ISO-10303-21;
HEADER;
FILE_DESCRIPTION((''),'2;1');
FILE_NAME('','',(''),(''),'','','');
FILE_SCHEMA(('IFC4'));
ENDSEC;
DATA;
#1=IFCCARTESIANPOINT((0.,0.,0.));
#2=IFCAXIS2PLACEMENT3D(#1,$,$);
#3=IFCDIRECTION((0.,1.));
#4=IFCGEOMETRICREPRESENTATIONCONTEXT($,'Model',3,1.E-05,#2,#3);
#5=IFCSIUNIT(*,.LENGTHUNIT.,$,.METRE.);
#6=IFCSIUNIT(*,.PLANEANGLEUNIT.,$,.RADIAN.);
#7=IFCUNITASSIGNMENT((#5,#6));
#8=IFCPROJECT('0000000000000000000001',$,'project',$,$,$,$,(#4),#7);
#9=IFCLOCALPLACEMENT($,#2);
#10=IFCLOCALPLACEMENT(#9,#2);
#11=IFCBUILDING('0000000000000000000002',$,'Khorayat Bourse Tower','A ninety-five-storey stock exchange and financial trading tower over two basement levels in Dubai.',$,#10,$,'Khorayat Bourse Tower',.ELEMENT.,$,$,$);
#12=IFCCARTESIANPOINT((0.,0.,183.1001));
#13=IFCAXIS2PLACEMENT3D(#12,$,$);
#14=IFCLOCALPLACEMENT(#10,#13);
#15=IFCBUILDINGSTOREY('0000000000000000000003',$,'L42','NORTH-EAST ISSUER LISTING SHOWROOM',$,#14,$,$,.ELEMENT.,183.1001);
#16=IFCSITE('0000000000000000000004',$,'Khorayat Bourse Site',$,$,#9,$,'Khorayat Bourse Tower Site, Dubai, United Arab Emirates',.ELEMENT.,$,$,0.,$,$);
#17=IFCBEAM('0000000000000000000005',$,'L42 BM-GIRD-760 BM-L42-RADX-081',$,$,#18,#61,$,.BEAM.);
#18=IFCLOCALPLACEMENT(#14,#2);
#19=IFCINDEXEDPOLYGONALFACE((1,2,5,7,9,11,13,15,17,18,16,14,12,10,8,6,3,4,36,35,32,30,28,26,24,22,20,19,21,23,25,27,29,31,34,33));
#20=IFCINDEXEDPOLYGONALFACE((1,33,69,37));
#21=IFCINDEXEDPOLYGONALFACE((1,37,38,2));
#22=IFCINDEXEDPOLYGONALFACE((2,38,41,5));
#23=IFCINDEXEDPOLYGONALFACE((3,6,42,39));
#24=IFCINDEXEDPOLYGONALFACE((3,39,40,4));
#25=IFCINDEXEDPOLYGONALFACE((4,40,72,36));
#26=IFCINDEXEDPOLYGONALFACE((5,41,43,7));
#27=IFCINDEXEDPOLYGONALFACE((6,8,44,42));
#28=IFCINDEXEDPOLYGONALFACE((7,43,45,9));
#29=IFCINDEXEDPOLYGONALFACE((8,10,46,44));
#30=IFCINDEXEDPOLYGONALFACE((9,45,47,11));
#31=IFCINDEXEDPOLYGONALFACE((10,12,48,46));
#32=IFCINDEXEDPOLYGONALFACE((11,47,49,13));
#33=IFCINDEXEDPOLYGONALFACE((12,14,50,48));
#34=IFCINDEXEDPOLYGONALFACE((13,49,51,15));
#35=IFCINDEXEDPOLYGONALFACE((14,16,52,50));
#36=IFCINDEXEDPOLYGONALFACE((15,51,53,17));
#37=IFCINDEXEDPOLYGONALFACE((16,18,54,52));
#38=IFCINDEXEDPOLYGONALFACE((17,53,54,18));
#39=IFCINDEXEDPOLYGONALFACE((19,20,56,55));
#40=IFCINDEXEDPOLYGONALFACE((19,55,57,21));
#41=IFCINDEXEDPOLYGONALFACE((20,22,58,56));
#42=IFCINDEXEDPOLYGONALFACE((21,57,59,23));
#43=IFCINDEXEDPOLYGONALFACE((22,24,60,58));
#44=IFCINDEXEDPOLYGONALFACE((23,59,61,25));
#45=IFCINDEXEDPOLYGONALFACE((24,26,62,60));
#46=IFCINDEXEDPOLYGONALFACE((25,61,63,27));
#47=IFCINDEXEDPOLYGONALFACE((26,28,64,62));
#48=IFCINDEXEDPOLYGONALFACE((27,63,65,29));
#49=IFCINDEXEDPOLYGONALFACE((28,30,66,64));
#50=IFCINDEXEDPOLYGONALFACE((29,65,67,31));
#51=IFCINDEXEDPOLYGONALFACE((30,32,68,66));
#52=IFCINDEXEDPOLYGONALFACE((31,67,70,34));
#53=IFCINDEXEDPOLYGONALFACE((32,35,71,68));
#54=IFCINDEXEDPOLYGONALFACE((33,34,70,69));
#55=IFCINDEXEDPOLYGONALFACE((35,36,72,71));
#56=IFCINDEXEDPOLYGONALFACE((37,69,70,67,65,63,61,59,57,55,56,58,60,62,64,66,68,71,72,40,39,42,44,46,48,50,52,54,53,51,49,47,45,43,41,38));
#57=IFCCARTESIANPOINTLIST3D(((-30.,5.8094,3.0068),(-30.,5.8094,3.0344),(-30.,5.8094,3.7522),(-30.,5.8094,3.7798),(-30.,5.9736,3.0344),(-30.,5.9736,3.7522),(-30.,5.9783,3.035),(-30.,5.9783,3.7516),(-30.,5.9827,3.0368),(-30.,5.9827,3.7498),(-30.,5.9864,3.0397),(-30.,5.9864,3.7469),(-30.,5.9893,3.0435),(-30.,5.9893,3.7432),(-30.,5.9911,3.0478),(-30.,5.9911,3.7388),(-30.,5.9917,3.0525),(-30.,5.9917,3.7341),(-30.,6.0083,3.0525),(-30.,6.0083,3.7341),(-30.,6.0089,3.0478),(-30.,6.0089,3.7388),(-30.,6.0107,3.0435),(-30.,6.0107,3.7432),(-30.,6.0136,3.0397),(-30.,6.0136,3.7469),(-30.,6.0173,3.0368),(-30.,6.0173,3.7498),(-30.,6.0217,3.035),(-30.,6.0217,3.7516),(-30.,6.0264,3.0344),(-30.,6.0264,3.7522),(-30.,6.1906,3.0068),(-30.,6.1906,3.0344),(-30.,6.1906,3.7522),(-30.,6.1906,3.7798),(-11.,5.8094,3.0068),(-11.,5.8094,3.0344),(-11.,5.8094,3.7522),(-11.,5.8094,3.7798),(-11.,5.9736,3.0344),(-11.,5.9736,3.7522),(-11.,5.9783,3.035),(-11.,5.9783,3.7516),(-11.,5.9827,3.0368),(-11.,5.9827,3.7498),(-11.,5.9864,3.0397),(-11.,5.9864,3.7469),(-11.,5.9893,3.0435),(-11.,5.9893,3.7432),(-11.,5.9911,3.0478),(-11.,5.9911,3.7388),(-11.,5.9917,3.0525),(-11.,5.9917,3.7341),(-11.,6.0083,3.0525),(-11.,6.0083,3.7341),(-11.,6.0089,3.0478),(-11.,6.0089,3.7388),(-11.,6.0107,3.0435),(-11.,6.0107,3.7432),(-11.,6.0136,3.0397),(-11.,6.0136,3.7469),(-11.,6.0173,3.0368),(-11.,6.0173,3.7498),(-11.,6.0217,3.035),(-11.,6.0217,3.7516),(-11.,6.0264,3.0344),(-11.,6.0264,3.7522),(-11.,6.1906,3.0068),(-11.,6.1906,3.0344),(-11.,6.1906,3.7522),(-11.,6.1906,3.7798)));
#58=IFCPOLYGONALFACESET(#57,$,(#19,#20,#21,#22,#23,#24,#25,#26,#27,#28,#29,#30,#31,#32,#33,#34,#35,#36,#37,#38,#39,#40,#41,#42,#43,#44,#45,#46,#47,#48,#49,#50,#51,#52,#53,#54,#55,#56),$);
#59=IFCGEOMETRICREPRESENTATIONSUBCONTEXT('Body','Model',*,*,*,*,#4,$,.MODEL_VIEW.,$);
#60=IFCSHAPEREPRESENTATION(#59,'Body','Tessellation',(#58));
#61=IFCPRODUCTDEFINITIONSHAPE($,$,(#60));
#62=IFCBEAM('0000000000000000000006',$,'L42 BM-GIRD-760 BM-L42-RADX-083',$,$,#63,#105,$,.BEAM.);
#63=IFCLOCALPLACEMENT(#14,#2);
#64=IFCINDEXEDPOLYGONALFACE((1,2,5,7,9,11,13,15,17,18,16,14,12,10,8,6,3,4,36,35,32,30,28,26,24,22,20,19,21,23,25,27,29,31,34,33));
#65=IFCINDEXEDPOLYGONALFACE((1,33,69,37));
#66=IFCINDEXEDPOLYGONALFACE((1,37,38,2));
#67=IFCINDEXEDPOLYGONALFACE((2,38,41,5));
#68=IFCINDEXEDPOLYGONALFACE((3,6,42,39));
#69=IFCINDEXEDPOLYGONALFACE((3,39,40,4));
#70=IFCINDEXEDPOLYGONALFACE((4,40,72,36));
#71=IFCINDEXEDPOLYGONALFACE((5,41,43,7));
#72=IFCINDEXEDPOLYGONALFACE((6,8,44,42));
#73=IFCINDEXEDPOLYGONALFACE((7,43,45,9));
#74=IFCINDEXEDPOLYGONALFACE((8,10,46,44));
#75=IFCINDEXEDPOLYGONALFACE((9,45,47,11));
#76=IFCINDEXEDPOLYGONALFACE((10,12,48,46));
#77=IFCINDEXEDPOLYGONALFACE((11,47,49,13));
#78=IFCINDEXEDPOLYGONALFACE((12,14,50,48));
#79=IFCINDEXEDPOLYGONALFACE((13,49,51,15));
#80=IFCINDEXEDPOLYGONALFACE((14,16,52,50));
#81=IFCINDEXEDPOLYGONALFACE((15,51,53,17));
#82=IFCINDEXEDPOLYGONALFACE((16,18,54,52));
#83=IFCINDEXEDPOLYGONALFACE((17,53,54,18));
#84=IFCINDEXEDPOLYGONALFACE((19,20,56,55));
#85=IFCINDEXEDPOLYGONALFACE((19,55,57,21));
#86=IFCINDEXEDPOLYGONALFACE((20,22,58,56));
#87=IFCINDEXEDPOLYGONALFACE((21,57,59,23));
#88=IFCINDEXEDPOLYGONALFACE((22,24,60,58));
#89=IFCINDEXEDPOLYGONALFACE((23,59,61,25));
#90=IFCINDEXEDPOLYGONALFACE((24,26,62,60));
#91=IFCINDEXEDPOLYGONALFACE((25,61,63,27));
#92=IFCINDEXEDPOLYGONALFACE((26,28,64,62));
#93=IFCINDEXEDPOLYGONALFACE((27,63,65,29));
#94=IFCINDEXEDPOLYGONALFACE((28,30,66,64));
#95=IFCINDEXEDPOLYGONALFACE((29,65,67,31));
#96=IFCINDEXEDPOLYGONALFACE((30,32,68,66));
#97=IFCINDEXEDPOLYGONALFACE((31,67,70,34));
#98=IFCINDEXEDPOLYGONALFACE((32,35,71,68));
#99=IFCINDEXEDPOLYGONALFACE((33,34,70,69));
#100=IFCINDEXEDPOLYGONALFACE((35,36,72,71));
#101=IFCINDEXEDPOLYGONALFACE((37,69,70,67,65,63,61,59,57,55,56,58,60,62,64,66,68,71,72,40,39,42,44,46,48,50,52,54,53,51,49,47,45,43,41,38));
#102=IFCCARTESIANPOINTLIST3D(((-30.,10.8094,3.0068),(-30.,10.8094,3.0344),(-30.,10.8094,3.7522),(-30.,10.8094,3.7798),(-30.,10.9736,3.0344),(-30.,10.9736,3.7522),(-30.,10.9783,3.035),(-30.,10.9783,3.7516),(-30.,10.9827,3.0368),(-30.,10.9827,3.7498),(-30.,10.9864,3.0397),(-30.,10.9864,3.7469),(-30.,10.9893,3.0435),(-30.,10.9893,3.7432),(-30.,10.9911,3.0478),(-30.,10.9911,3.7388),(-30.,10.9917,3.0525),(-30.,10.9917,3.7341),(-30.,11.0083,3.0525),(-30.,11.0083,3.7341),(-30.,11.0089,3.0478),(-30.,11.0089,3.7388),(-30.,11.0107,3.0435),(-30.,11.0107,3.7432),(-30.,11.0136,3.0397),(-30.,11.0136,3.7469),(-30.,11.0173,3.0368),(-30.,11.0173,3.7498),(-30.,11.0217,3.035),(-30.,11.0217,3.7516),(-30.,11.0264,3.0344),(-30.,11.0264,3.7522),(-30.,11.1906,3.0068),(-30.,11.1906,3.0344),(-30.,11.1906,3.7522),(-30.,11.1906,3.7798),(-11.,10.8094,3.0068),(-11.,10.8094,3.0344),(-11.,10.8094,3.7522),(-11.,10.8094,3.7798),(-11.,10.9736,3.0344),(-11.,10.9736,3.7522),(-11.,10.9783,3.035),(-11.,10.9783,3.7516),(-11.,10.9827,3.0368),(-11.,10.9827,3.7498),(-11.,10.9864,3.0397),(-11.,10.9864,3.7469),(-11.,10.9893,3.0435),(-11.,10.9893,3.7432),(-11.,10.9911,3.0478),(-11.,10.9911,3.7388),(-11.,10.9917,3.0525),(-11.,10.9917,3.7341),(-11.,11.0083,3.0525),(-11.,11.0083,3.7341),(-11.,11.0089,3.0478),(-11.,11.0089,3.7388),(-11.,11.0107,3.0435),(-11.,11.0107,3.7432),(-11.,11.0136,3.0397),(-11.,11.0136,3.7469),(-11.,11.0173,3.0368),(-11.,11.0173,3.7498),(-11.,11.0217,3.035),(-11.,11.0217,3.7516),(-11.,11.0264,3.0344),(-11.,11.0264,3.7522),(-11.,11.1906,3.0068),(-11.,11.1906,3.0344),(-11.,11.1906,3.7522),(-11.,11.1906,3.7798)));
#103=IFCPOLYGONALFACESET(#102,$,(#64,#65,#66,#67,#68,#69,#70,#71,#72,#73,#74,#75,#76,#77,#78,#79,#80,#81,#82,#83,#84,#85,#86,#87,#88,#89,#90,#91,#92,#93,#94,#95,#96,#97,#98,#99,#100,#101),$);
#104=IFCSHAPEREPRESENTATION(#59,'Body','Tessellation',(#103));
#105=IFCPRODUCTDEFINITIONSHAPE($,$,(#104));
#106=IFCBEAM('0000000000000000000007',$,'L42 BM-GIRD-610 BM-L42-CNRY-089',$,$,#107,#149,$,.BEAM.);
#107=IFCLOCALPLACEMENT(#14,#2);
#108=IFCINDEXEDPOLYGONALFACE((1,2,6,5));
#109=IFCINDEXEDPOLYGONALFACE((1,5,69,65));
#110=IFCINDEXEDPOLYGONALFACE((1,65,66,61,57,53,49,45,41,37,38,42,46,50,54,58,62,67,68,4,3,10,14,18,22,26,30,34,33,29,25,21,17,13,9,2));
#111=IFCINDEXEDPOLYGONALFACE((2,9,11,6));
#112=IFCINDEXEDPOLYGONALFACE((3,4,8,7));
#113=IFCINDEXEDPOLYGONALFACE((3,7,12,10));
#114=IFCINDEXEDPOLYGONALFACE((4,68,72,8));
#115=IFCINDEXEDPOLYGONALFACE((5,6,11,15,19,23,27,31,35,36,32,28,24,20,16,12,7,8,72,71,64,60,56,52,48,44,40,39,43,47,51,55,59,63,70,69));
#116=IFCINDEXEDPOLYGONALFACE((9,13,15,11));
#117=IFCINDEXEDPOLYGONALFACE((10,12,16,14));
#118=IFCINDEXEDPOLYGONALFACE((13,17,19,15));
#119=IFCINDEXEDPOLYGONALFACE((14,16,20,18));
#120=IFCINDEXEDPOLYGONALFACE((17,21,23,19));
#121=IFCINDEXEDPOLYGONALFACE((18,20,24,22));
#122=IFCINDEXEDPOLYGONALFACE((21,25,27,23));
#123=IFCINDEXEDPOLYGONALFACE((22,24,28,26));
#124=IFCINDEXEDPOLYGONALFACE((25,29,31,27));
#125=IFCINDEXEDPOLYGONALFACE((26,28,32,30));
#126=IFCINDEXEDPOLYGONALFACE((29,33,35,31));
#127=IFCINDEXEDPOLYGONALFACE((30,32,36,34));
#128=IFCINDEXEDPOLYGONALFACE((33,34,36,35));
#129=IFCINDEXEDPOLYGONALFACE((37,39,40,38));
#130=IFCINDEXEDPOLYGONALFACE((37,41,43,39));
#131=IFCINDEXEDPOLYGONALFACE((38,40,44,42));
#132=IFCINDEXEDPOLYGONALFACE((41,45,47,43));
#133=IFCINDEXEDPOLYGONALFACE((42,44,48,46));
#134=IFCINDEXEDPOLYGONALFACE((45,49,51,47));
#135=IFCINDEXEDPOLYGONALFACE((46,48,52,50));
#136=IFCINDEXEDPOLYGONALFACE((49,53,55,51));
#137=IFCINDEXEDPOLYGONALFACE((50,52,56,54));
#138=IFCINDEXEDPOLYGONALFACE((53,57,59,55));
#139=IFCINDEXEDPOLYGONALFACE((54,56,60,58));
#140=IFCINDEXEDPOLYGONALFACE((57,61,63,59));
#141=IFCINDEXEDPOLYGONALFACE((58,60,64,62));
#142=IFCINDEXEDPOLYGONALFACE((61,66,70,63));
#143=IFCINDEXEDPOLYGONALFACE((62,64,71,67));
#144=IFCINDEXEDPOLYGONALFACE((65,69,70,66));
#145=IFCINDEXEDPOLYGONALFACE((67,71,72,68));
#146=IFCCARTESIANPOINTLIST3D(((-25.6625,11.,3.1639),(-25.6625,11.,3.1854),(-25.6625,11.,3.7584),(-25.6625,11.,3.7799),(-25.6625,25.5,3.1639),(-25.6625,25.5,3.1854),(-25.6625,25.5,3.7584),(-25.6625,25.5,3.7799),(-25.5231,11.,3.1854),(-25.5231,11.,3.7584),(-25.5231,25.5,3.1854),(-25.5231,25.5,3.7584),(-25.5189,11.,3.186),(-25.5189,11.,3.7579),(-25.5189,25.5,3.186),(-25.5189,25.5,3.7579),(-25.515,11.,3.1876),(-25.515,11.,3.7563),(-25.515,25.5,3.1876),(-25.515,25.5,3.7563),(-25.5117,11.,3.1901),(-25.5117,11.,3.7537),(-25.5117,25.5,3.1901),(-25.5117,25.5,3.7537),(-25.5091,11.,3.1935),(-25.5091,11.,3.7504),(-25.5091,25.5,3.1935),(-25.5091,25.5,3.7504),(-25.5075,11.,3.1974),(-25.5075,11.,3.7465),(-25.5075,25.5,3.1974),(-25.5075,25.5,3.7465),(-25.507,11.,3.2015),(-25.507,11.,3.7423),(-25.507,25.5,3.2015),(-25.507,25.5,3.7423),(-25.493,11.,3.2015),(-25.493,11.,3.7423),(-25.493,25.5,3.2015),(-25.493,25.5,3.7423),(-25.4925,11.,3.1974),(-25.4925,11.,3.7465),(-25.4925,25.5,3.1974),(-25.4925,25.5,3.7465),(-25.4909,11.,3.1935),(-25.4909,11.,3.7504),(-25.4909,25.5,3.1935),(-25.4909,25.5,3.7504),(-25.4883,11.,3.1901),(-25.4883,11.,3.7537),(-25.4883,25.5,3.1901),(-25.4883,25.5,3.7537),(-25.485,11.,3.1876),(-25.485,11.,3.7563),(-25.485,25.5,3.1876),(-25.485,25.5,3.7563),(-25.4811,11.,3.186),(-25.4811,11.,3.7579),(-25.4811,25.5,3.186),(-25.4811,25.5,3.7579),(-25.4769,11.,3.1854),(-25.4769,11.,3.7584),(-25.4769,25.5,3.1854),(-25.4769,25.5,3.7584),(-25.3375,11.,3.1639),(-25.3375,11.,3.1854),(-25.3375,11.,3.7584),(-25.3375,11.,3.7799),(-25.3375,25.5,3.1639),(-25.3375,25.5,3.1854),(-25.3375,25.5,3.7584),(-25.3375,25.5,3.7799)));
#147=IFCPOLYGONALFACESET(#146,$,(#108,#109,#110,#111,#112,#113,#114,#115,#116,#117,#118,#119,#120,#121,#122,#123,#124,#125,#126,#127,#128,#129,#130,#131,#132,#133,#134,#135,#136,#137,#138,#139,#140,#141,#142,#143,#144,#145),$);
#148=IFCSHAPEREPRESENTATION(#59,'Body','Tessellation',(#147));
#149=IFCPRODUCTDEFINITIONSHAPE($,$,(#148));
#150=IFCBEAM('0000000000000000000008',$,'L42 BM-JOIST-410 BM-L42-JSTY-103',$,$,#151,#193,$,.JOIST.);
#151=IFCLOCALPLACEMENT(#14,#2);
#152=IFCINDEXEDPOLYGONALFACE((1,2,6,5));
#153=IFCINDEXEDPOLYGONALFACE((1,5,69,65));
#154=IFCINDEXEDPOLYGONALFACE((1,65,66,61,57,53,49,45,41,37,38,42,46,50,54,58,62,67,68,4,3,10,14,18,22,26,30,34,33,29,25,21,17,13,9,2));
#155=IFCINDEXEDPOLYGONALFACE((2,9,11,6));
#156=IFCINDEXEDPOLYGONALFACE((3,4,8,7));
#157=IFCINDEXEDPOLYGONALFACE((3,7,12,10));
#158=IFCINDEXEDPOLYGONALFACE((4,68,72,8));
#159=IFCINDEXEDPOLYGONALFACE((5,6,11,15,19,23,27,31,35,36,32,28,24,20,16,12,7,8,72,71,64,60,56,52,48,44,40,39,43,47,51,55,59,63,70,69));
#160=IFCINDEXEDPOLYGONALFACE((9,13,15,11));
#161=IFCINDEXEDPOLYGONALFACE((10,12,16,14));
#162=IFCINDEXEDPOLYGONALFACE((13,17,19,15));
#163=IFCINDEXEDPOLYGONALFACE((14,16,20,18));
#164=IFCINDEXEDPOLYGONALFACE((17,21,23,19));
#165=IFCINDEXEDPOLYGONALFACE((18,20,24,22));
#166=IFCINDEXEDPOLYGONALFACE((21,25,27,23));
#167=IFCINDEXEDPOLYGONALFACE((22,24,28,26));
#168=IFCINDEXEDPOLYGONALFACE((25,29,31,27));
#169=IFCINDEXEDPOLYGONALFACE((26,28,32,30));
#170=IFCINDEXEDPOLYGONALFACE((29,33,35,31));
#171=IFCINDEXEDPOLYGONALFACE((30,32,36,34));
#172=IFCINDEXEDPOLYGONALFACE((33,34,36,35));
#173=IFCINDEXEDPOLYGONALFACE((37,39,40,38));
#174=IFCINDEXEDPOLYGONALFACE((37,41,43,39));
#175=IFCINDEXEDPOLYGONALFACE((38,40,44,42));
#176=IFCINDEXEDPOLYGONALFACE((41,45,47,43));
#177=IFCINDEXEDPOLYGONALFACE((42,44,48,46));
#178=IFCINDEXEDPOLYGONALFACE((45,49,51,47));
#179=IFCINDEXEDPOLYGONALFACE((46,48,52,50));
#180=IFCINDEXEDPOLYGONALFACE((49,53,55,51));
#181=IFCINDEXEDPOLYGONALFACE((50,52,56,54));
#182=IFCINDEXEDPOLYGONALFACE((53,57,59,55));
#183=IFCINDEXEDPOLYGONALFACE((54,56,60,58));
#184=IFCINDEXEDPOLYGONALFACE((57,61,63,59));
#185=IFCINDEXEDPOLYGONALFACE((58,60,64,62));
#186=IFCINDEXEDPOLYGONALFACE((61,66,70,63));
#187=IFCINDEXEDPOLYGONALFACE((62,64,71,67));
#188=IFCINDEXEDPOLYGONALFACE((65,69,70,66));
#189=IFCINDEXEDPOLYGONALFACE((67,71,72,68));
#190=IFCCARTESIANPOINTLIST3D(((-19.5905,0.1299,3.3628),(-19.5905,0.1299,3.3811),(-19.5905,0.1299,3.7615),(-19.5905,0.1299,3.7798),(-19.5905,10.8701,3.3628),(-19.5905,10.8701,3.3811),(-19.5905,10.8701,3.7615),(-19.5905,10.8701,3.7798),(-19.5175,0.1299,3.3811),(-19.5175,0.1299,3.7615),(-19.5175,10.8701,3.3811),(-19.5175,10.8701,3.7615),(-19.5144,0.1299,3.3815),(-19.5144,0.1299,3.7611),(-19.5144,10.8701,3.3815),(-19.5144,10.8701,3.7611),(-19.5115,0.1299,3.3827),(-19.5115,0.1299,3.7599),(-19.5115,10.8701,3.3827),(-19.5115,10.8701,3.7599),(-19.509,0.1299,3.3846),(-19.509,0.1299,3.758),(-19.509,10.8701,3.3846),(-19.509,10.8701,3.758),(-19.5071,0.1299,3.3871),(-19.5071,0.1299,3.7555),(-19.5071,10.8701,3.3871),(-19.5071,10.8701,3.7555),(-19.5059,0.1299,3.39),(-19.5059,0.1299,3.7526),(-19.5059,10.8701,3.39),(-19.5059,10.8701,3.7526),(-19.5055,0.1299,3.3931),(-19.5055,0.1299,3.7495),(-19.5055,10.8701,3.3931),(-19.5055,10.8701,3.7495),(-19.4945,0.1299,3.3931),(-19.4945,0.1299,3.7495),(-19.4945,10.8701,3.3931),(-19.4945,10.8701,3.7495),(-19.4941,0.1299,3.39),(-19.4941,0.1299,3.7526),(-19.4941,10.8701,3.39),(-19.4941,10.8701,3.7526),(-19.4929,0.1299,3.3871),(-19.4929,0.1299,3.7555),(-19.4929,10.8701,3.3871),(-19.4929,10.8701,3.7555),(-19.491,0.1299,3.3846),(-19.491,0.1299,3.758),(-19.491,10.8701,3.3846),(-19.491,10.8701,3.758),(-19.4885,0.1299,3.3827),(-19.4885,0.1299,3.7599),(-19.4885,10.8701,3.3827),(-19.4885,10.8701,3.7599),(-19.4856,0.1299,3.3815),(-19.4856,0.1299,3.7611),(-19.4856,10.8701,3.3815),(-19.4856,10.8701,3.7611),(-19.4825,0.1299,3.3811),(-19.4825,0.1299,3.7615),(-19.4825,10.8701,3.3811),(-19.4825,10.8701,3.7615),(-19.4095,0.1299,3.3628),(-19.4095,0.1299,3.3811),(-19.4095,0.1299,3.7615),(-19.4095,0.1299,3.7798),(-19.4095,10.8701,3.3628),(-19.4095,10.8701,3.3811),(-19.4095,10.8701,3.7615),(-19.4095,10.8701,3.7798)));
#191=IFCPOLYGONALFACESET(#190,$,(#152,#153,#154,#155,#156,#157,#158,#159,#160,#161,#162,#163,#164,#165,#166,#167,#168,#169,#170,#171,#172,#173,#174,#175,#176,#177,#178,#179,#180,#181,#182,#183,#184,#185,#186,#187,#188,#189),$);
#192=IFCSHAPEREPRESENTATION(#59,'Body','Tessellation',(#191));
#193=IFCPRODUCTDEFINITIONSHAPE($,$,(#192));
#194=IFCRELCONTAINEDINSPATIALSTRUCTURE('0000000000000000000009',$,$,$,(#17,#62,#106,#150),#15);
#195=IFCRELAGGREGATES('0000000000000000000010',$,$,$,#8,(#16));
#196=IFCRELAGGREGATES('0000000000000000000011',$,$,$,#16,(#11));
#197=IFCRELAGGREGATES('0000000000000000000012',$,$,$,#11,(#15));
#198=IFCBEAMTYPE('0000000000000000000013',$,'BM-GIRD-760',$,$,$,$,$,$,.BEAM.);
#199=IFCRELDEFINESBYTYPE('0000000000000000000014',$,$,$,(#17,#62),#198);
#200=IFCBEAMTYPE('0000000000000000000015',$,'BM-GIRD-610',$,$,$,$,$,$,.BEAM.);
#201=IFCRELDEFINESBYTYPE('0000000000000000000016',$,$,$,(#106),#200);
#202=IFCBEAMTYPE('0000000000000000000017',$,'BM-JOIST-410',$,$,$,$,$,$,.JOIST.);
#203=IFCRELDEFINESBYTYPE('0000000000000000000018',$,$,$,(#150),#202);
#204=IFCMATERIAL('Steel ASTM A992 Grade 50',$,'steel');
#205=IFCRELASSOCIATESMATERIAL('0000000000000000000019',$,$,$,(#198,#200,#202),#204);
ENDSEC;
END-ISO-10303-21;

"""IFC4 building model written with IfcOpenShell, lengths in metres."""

from ifc_helpers import new_model, si_unit, direction, frame, origin, origin_2d, place, context, subcontext, project, spatial, i_section, extrude, source, transform, mapped, material, material_profile, profile_set, type_object, element, save


model = new_model("IFC4")

# Units and contexts
model_context = context("Model", 3, precision=1e-05, world=origin(), true_north=direction((0.0, 1.0)))
body_context = subcontext(model_context, "Body", "Model", "MODEL_VIEW")
ifc_project = project(units=[si_unit("LENGTHUNIT", "METRE"), si_unit("PLANEANGLEUNIT", "RADIAN")], contexts=[model_context])

# Site, building, storey
site_placement = place(None, origin())
site = spatial("IfcSite", under=ifc_project, at=site_placement, Name="Khorayat Bourse Site", LongName="Khorayat Bourse Tower Site, Dubai, United Arab Emirates", CompositionType="ELEMENT", RefElevation=0.0)
building_placement = place(site_placement, origin())
building = spatial("IfcBuilding", under=site, at=building_placement, Name="Khorayat Bourse Tower", Description="A ninety-five-storey stock exchange and financial trading tower over two basement levels in Dubai.", LongName="Khorayat Bourse Tower", CompositionType="ELEMENT")
storey_placement = place(building_placement, frame((0.0, 0.0, 183.1001)))
storey = spatial("IfcBuildingStorey", under=building, at=storey_placement, Name="L42", Description="NORTH-EAST ISSUER LISTING SHOWROOM", CompositionType="ELEMENT", Elevation=183.1001)

# Beams
ifc_material_1 = material(Name="Steel ASTM A992 Grade 50", Category="steel")
ifc_material_profile_1 = material_profile(ifc_material_1, i_section(OverallWidth=0.3811, OverallDepth=0.7729, WebThickness=0.0166, FlangeThickness=0.0276, FilletRadius=0.0181, at=origin_2d()), Name="W760X257")
ifc_profile_set_1 = profile_set([ifc_material_profile_1], Name="Steel ASTM A992 Grade 50")
beam_type_1 = type_object("IfcBeamType", Name="BM-GIRD-760", PredefinedType="BEAM", material=ifc_profile_set_1)
shared_shape_1 = source(origin(), body_context, "Body", "SweptSolid", [
    extrude(i_section(OverallWidth=0.3811, OverallDepth=0.7729, WebThickness=0.0166, FlangeThickness=0.0276, FilletRadius=0.0181, at=origin_2d()), origin(), (0.0, 0.0, 1.0), 19.0),
])
for number, where, z_axis, x_axis, name in (
    (1, (-30.0, 6.0, 3.3933), (1.0, 0.0, 0.0), (0.0, 1.0, 0.0), "L42 BM-GIRD-760 BM-L42-RADX-081"),
    (2, (-30.0, 11.0, 3.3933), (1.0, 0.0, 0.0), (0.0, 1.0, 0.0), "L42 BM-GIRD-760 BM-L42-RADX-083"),
):
    element("IfcBeam", number, at=place(storey_placement, frame(where, z_axis=z_axis, x_axis=x_axis)), inside=storey, type_object=beam_type_1, Name=name, PredefinedType="BEAM", context=body_context, shape_type="MappedRepresentation", body=[
        mapped(shared_shape_1, transform((0.0, 0.0, 0.0), scale=1.0)),
    ])
ifc_material_profile_2 = material_profile(ifc_material_1, i_section(OverallWidth=0.325, OverallDepth=0.616, WebThickness=0.0139, FlangeThickness=0.0215, FilletRadius=0.0161, at=origin_2d()), Name="W610X174")
ifc_profile_set_2 = profile_set([ifc_material_profile_2], Name="Steel ASTM A992 Grade 50")
beam_type_2 = type_object("IfcBeamType", Name="BM-GIRD-610", PredefinedType="BEAM", material=ifc_profile_set_2)
shared_shape_2 = source(origin(), body_context, "Body", "SweptSolid", [
    extrude(i_section(OverallWidth=0.325, OverallDepth=0.616, WebThickness=0.0139, FlangeThickness=0.0215, FilletRadius=0.0161, at=origin_2d()), origin(), (0.0, 0.0, 1.0), 14.5),
])
beam_1_placement = place(storey_placement, frame((-25.5, 11.0, 3.4719), z_axis=(0.0, 1.0, 0.0), x_axis=(-1.0, 0.0, 0.0)))
element("IfcBeam", 3, at=beam_1_placement, inside=storey, type_object=beam_type_2, Name="L42 BM-GIRD-610 BM-L42-CNRY-089", PredefinedType="BEAM", context=body_context, shape_type="MappedRepresentation", body=[
    mapped(shared_shape_2, transform((0.0, 0.0, 0.0), scale=1.0)),
])
ifc_material_profile_3 = material_profile(ifc_material_1, i_section(OverallWidth=0.1809, OverallDepth=0.417, WebThickness=0.011, FlangeThickness=0.0183, FilletRadius=0.012, at=origin_2d()), Name="W410X85")
ifc_profile_set_3 = profile_set([ifc_material_profile_3], Name="Steel ASTM A992 Grade 50")
beam_type_3 = type_object("IfcBeamType", Name="BM-JOIST-410", PredefinedType="JOIST", material=ifc_profile_set_3)
shared_shape_3 = source(origin(), body_context, "Body", "SweptSolid", [
    extrude(i_section(OverallWidth=0.1809, OverallDepth=0.417, WebThickness=0.011, FlangeThickness=0.0183, FilletRadius=0.012, at=origin_2d()), origin(), (0.0, 0.0, 1.0), 10.7402),
])
beam_2_placement = place(storey_placement, frame((-19.5, 0.1299, 3.5713), z_axis=(0.0, 1.0, 0.0), x_axis=(-1.0, 0.0, 0.0)))
element("IfcBeam", 4, at=beam_2_placement, inside=storey, type_object=beam_type_3, Name="L42 BM-JOIST-410 BM-L42-JSTY-103", PredefinedType="JOIST", context=body_context, shape_type="MappedRepresentation", body=[
    mapped(shared_shape_3, transform((0.0, 0.0, 0.0), scale=1.0)),
])

save(model, "model.ifc")
